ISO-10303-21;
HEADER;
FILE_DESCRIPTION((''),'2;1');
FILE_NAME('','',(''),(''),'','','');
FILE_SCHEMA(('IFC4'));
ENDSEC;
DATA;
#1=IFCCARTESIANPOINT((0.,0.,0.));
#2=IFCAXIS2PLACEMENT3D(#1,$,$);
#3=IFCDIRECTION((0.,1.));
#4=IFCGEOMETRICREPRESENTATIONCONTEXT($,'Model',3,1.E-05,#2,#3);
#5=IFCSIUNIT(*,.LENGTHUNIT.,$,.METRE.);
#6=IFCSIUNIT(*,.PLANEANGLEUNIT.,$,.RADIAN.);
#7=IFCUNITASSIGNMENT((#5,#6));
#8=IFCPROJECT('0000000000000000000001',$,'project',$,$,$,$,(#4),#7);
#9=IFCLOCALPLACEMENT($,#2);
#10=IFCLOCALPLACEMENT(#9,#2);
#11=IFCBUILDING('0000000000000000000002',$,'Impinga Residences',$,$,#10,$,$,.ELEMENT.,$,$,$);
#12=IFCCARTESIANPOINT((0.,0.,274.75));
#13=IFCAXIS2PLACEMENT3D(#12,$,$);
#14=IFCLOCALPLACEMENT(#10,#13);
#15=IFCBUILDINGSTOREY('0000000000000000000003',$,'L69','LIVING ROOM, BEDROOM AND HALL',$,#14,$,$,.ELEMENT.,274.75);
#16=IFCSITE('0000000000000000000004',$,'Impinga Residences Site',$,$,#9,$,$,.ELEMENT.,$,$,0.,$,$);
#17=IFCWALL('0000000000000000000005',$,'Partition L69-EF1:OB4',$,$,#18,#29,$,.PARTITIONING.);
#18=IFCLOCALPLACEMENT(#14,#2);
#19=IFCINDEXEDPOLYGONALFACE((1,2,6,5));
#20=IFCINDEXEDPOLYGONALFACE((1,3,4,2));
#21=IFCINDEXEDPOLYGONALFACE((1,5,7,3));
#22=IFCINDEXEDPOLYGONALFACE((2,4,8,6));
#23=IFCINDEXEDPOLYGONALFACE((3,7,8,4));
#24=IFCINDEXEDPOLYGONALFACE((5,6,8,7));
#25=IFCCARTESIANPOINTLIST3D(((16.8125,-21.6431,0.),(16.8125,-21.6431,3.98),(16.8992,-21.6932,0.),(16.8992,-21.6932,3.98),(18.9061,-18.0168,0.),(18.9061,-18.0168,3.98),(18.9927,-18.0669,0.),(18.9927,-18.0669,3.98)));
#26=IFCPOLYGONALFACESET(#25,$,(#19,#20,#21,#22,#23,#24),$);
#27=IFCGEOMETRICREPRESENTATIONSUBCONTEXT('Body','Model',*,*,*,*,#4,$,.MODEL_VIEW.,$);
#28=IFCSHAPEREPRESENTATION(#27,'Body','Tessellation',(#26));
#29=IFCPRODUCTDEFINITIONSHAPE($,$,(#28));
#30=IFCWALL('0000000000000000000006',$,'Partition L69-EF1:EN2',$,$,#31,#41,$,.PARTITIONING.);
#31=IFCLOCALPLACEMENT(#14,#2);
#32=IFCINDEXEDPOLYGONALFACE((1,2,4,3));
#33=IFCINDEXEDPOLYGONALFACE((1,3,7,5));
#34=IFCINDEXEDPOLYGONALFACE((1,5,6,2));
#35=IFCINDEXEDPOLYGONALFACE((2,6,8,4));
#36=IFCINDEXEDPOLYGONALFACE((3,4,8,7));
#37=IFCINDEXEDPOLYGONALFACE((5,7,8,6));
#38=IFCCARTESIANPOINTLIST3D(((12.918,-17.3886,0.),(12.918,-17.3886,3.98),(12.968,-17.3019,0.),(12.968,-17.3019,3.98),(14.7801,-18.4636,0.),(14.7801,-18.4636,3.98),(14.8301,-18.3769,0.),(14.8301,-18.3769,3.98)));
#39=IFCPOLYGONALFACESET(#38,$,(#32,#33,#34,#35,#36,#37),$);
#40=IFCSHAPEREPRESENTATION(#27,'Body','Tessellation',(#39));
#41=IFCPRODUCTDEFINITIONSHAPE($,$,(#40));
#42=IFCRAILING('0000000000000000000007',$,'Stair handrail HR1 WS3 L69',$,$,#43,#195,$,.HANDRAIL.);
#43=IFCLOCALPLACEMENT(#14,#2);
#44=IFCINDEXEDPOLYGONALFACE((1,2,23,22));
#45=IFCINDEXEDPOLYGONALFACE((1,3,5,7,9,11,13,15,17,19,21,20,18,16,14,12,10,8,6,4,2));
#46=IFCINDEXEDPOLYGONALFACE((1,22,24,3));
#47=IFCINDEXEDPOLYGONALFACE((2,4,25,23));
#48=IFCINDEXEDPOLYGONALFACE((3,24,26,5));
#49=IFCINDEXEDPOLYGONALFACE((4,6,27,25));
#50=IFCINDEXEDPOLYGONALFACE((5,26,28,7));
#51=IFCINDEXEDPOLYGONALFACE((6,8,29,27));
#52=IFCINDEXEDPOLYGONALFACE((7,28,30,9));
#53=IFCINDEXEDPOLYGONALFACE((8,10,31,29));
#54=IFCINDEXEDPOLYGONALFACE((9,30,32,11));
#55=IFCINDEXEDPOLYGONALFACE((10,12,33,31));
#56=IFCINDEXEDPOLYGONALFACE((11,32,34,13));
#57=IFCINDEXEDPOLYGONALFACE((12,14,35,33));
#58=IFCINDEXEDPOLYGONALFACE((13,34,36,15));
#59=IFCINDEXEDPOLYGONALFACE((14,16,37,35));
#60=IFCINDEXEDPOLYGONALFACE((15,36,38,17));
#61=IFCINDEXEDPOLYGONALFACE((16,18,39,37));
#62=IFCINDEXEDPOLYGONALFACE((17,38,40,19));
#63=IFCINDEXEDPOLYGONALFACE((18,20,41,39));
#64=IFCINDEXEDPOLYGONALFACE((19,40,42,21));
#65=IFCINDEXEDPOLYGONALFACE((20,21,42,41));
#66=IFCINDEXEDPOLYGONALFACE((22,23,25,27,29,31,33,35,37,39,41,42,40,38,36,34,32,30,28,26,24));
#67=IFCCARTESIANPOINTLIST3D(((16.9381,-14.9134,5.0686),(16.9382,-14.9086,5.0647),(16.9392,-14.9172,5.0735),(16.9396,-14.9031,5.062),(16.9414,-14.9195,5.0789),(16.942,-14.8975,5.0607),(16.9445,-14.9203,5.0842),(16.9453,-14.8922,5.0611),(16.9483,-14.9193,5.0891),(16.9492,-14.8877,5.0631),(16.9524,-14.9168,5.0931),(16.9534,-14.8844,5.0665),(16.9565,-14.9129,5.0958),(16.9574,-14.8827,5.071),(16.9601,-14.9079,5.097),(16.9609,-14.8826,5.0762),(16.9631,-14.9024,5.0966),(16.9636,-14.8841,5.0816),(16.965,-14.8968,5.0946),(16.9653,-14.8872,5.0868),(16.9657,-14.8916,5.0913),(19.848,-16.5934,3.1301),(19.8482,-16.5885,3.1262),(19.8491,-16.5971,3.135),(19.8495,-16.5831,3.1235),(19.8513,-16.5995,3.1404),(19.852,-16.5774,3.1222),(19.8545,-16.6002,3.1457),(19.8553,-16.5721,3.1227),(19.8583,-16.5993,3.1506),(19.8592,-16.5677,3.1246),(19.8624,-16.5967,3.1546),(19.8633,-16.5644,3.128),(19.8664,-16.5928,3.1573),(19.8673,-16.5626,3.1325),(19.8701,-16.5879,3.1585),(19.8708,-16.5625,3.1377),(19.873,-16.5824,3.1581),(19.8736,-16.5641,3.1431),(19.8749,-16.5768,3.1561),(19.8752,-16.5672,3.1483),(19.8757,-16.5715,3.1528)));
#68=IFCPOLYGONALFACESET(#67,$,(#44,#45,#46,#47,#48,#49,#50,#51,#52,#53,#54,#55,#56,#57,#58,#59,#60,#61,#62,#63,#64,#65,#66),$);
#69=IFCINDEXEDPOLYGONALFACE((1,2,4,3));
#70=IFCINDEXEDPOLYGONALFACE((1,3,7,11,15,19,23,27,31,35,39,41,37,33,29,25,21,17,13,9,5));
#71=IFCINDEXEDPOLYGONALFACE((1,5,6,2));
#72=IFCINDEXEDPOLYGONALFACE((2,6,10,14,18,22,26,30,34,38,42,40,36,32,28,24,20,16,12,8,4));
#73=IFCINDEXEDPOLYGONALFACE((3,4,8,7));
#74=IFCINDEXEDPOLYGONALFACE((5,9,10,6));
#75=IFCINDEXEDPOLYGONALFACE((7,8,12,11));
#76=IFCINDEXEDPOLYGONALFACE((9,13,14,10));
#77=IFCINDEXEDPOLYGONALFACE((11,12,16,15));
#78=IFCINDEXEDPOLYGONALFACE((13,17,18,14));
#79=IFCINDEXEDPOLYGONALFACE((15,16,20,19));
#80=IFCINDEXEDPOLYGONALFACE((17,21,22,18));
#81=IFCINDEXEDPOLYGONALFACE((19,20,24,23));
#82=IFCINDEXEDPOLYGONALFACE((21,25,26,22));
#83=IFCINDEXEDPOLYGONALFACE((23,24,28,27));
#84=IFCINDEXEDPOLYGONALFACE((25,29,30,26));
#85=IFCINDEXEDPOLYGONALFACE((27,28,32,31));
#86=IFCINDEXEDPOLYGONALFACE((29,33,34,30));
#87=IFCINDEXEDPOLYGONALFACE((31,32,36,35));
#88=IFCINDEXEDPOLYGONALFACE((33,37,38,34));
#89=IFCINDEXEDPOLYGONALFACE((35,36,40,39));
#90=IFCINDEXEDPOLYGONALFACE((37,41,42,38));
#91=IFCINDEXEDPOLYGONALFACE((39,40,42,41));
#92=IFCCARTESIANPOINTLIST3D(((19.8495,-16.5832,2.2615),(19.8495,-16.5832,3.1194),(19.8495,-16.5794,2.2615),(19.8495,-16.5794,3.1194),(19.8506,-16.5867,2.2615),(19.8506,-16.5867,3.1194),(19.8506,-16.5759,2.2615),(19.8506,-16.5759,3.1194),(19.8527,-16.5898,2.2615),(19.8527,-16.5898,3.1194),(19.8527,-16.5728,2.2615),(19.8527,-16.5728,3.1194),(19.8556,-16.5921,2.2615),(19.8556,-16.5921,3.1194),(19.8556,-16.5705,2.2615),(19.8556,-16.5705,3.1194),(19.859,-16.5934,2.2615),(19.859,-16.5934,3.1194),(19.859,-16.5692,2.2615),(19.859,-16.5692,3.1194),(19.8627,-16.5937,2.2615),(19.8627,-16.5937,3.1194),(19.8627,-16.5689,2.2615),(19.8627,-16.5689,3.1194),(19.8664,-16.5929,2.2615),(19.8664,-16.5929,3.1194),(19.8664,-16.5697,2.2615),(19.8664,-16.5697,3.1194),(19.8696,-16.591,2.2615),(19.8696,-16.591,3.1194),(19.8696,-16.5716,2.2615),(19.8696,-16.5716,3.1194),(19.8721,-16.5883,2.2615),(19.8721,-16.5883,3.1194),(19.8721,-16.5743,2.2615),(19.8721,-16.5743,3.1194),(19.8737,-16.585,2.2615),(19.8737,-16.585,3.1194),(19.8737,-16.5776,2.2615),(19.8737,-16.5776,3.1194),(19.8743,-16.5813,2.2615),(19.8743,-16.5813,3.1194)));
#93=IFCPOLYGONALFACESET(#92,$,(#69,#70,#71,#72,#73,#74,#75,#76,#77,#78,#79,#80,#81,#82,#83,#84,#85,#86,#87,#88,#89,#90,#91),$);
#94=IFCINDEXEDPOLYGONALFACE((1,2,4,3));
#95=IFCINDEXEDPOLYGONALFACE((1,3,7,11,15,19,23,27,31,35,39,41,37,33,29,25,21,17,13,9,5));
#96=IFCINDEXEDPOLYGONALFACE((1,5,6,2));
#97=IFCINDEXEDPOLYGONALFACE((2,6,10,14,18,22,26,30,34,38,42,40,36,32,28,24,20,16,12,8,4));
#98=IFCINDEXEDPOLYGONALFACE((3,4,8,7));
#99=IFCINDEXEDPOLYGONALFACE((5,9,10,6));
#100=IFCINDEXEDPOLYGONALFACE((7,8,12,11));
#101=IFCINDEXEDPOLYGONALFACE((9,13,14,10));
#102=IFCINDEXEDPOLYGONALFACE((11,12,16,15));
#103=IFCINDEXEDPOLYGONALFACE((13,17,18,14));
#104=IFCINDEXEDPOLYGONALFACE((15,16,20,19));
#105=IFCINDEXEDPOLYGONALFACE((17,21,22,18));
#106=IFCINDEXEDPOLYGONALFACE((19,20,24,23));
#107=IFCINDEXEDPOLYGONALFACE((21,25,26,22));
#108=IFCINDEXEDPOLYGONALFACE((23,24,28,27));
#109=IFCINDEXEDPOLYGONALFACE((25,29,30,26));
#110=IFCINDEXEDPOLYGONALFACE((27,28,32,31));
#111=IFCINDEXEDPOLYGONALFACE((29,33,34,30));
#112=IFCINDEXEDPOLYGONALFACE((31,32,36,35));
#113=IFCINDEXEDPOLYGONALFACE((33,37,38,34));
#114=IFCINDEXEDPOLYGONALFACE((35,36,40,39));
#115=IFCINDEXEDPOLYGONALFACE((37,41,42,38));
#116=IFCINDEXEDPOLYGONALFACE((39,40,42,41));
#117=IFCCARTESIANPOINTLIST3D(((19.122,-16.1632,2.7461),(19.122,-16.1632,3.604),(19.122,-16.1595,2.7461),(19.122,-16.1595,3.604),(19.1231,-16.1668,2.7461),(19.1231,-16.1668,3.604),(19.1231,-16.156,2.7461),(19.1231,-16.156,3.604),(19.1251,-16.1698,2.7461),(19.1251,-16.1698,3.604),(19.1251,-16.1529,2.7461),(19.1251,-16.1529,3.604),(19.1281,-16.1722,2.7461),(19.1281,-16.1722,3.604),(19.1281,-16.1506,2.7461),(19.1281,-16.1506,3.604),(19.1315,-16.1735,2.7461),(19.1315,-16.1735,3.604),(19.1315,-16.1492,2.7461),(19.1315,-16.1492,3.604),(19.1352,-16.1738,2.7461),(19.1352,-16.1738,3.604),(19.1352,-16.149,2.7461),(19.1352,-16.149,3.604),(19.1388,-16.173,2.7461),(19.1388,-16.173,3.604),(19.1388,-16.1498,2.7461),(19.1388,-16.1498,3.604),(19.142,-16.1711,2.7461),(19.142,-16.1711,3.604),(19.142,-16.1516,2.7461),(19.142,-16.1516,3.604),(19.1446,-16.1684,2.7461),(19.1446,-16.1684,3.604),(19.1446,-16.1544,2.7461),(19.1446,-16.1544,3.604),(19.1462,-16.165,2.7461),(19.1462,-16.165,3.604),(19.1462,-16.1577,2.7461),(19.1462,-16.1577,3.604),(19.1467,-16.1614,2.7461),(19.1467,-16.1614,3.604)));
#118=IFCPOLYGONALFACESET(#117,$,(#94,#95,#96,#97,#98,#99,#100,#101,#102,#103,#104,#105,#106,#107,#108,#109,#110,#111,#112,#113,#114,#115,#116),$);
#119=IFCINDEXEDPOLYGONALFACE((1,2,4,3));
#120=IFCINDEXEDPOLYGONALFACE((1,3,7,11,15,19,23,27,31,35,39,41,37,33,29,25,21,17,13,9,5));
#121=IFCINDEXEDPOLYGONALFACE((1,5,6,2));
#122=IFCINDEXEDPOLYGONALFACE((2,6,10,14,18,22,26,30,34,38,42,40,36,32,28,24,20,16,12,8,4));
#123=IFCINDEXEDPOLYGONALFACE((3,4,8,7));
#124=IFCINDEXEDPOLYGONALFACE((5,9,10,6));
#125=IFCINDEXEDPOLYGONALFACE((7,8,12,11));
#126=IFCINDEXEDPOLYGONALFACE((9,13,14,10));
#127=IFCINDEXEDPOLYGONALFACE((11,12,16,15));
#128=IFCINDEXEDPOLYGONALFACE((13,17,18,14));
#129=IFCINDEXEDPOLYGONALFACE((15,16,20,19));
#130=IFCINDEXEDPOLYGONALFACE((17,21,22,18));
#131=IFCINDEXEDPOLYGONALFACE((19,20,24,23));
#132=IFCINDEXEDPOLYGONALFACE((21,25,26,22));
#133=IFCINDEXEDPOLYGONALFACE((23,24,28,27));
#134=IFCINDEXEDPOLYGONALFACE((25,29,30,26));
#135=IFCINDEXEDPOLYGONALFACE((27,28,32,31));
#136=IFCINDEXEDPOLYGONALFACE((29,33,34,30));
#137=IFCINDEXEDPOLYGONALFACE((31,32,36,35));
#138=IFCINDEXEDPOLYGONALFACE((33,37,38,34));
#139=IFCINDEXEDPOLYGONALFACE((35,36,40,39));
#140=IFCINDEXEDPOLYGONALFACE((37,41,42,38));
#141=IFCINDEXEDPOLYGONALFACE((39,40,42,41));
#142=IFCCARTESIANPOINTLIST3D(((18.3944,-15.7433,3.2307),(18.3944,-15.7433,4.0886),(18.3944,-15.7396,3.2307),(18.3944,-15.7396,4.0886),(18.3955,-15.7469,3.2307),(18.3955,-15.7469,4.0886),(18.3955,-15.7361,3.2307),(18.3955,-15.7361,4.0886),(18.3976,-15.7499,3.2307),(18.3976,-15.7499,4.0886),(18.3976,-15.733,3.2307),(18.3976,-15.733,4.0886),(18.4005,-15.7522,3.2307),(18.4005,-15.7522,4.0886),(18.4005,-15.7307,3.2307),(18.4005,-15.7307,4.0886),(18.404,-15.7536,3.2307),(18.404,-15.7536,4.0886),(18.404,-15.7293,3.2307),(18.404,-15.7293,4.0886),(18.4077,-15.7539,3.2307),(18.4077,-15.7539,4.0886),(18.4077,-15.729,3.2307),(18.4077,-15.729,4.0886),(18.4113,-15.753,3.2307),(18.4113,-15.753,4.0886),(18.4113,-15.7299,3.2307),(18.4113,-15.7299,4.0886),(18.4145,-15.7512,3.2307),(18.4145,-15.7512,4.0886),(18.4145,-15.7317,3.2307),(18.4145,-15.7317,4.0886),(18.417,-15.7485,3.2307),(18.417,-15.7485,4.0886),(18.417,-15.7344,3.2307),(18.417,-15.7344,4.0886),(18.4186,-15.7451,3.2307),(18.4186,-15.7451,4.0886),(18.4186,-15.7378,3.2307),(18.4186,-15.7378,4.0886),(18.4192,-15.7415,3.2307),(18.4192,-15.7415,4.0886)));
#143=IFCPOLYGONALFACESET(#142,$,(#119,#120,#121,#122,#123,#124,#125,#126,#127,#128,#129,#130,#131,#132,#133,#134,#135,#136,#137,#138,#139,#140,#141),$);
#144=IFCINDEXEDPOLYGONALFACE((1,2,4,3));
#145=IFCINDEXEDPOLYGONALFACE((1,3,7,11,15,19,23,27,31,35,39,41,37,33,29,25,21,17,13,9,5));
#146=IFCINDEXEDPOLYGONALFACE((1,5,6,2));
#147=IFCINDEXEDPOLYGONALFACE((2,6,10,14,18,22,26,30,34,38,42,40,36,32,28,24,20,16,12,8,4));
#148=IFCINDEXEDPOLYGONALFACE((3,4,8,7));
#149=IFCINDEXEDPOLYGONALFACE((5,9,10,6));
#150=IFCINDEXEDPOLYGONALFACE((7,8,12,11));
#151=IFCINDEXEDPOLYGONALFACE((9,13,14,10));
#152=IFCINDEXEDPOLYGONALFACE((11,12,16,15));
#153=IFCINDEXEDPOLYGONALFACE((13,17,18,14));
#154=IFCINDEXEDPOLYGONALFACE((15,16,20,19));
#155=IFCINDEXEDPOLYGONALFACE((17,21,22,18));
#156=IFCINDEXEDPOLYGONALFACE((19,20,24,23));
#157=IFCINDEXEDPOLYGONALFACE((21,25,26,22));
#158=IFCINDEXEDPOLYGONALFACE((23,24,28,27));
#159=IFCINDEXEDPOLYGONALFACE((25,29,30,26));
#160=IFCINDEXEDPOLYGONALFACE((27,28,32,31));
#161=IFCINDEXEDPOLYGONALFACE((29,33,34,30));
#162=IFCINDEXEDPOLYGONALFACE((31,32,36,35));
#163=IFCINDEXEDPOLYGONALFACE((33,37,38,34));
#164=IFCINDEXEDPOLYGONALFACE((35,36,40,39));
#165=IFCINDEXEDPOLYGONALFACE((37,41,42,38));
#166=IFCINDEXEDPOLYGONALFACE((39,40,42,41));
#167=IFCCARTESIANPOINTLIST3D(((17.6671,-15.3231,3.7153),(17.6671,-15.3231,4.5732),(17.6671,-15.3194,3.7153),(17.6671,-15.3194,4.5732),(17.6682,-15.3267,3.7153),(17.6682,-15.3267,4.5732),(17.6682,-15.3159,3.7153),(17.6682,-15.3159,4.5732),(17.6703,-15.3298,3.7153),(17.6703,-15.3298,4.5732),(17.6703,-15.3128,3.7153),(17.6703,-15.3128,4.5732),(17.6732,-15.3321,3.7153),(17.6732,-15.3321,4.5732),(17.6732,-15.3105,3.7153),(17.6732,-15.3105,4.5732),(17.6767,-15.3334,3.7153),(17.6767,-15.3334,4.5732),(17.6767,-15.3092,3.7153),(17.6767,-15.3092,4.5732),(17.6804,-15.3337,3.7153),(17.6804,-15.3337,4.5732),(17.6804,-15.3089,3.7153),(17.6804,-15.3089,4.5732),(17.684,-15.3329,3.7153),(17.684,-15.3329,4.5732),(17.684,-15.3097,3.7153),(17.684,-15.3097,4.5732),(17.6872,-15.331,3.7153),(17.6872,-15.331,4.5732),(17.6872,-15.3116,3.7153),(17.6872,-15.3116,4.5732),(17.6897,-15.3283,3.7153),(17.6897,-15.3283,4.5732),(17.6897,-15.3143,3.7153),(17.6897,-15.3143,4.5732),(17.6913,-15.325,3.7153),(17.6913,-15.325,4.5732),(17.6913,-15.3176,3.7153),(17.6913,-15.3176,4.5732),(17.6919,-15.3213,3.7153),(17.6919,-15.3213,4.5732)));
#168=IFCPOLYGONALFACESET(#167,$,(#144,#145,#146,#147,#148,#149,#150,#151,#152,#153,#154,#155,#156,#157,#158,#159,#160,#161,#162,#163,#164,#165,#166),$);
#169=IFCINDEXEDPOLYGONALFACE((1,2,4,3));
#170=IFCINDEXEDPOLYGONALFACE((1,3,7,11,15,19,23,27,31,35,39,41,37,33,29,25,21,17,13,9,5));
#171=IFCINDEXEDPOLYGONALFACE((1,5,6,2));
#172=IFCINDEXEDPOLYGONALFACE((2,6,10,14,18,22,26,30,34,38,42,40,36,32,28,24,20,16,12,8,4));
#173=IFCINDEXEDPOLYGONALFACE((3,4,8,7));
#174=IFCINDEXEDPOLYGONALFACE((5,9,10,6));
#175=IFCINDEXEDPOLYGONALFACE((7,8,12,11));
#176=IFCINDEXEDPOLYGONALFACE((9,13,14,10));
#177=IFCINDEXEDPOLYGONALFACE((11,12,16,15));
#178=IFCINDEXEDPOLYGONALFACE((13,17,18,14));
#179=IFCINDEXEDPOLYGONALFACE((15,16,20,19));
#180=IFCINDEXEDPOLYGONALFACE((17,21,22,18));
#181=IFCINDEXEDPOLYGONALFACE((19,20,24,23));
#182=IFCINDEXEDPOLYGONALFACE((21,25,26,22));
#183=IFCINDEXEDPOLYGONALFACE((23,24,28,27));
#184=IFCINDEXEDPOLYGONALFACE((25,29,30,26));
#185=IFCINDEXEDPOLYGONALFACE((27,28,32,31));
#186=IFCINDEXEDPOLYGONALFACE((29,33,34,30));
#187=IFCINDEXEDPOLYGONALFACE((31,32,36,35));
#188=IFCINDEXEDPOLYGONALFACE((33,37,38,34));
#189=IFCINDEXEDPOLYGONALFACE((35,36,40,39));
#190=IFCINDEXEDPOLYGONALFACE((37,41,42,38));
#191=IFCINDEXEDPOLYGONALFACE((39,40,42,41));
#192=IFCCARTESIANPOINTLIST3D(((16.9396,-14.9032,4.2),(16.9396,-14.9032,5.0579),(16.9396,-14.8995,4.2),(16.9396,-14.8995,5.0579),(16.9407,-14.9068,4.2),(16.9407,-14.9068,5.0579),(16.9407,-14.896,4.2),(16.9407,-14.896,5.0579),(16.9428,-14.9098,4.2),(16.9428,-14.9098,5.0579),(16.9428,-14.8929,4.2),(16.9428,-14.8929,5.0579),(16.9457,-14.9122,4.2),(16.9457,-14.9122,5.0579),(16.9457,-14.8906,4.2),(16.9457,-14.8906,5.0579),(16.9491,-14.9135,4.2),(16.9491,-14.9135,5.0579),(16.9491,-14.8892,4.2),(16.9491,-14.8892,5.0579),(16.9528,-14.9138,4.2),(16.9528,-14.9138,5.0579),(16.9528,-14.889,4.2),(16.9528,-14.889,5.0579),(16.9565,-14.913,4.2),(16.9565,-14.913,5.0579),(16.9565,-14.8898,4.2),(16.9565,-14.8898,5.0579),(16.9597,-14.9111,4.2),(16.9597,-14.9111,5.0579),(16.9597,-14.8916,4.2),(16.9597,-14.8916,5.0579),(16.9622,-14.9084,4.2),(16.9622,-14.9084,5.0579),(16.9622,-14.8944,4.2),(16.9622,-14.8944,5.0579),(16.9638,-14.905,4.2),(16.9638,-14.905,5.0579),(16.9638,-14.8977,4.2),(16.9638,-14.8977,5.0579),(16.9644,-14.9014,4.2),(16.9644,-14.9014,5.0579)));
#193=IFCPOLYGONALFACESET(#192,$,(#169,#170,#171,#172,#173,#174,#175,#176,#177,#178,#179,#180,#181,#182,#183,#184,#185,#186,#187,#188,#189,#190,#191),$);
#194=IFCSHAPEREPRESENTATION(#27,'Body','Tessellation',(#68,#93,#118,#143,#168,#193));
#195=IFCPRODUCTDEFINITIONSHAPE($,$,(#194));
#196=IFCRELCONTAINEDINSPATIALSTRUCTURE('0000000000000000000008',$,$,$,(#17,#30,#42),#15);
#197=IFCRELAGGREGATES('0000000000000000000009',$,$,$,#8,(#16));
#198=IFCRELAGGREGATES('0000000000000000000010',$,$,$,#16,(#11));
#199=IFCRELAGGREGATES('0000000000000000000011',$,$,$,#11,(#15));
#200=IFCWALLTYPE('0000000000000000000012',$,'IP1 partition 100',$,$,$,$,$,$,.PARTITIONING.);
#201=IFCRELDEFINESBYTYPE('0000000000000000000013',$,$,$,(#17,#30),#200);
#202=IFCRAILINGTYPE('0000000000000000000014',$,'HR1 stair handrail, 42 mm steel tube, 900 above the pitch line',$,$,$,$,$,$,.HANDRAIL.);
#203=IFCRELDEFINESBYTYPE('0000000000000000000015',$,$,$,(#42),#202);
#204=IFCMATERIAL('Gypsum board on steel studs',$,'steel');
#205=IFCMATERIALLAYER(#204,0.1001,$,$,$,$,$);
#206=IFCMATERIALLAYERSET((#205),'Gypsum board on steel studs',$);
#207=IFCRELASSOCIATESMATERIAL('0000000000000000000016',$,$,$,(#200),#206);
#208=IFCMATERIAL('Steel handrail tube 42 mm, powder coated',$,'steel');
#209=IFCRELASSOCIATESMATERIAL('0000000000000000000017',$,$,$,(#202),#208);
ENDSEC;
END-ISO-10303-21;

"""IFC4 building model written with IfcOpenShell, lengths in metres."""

from ifc_helpers import new_model, si_unit, direction, frame, frame_2d, origin, origin_2d, place, context, subcontext, project, spatial, rectangle, circle, extrude, material, layer, layer_set, type_object, element, save


model = new_model("IFC4")

# Units and contexts
model_context = context("Model", 3, precision=1e-05, world=origin(), true_north=direction((0.0, 1.0)))
body_context = subcontext(model_context, "Body", "Model", "MODEL_VIEW")
ifc_project = project(units=[si_unit("LENGTHUNIT", "METRE"), si_unit("PLANEANGLEUNIT", "RADIAN")], contexts=[model_context])

# Site, building, storey
site_placement = place(None, origin())
site = spatial("IfcSite", under=ifc_project, at=site_placement, Name="Impinga Residences Site", CompositionType="ELEMENT", RefElevation=0.0)
building_placement = place(site_placement, origin())
building = spatial("IfcBuilding", under=site, at=building_placement, Name="Impinga Residences", CompositionType="ELEMENT")
storey_placement = place(building_placement, frame((0.0, 0.0, 274.75)))
storey = spatial("IfcBuildingStorey", under=building, at=storey_placement, Name="L69", Description="LIVING ROOM, BEDROOM AND HALL", CompositionType="ELEMENT", Elevation=274.75)

# Walls
ifc_material_1 = material(Name="Gypsum board on steel studs", Category="steel")
ifc_layer_1 = layer(ifc_material_1, 0.1001)
ifc_layer_set_1 = layer_set([ifc_layer_1], Name="Gypsum board on steel studs")
wall_type_1 = type_object("IfcWallType", Name="IP1 partition 100", PredefinedType="PARTITIONING", material=ifc_layer_set_1)
wall_1_placement = place(storey_placement, frame((18.9495, -18.0417, 0.0), z_axis=(0.0, 0.0, 1.0), x_axis=(-0.499983, -0.866035, 0.0)))
element("IfcWall", 1, at=wall_1_placement, inside=storey, type_object=wall_type_1, Name="Partition L69-EF1:OB4", PredefinedType="PARTITIONING", context=body_context, shape_type="SweptSolid", body=[
    extrude(rectangle(XDim=4.1873, YDim=0.1001, at=frame_2d((2.0938, 0.0))), origin(), (0.0, 0.0, 1.0), 3.98),
])
wall_2_placement = place(storey_placement, frame((12.9429, -17.3452, 0.0), z_axis=(0.0, 0.0, 1.0), x_axis=(0.866048, -0.499962, 0.0)))
element("IfcWall", 2, at=wall_2_placement, inside=storey, type_object=wall_type_1, Name="Partition L69-EF1:EN2", PredefinedType="PARTITIONING", context=body_context, shape_type="SweptSolid", body=[
    extrude(rectangle(XDim=2.1501, YDim=0.1001, at=frame_2d((1.0752, 0.0))), origin(), (0.0, 0.0, 1.0), 3.98),
])

# Railing
ifc_material_2 = material(Name="Steel handrail tube 42 mm, powder coated", Category="steel")
railing_type = type_object("IfcRailingType", Name="HR1 stair handrail, 42 mm steel tube, 900 above the pitch line", PredefinedType="HANDRAIL", material=ifc_material_2)
railing_placement = place(storey_placement, frame((19.8618, -16.5813, 2.2615)))
element("IfcRailing", 3, at=railing_placement, inside=storey, type_object=railing_type, Name="Stair handrail HR1 WS3 L69", PredefinedType="HANDRAIL", context=body_context, shape_type="SweptSolid", body=[
    extrude(circle(Radius=0.021, at=origin_2d()), frame((0.0, 0.0, 0.8789), z_axis=(-0.750151, 0.433072, 0.499723), x_axis=(-0.499976, -0.866039, 0.0)), (0.0, 0.0, 1.0), 3.8792),
    extrude(circle(Radius=0.0125, at=origin_2d()), origin(), (0.0, 0.0, 1.0), 0.8579),
    extrude(circle(Radius=0.0125, at=origin_2d()), frame((-0.7275, 0.4199, 0.4846)), (0.0, 0.0, 1.0), 0.8579),
    extrude(circle(Radius=0.0125, at=origin_2d()), frame((-1.4551, 0.8398, 0.9692)), (0.0, 0.0, 1.0), 0.8579),
    extrude(circle(Radius=0.0125, at=origin_2d()), frame((-2.1824, 1.26, 1.4539)), (0.0, 0.0, 1.0), 0.8579),
    extrude(circle(Radius=0.0125, at=origin_2d()), frame((-2.9099, 1.6799, 1.9385)), (0.0, 0.0, 1.0), 0.8579),
])

save(model, "model.ifc")
